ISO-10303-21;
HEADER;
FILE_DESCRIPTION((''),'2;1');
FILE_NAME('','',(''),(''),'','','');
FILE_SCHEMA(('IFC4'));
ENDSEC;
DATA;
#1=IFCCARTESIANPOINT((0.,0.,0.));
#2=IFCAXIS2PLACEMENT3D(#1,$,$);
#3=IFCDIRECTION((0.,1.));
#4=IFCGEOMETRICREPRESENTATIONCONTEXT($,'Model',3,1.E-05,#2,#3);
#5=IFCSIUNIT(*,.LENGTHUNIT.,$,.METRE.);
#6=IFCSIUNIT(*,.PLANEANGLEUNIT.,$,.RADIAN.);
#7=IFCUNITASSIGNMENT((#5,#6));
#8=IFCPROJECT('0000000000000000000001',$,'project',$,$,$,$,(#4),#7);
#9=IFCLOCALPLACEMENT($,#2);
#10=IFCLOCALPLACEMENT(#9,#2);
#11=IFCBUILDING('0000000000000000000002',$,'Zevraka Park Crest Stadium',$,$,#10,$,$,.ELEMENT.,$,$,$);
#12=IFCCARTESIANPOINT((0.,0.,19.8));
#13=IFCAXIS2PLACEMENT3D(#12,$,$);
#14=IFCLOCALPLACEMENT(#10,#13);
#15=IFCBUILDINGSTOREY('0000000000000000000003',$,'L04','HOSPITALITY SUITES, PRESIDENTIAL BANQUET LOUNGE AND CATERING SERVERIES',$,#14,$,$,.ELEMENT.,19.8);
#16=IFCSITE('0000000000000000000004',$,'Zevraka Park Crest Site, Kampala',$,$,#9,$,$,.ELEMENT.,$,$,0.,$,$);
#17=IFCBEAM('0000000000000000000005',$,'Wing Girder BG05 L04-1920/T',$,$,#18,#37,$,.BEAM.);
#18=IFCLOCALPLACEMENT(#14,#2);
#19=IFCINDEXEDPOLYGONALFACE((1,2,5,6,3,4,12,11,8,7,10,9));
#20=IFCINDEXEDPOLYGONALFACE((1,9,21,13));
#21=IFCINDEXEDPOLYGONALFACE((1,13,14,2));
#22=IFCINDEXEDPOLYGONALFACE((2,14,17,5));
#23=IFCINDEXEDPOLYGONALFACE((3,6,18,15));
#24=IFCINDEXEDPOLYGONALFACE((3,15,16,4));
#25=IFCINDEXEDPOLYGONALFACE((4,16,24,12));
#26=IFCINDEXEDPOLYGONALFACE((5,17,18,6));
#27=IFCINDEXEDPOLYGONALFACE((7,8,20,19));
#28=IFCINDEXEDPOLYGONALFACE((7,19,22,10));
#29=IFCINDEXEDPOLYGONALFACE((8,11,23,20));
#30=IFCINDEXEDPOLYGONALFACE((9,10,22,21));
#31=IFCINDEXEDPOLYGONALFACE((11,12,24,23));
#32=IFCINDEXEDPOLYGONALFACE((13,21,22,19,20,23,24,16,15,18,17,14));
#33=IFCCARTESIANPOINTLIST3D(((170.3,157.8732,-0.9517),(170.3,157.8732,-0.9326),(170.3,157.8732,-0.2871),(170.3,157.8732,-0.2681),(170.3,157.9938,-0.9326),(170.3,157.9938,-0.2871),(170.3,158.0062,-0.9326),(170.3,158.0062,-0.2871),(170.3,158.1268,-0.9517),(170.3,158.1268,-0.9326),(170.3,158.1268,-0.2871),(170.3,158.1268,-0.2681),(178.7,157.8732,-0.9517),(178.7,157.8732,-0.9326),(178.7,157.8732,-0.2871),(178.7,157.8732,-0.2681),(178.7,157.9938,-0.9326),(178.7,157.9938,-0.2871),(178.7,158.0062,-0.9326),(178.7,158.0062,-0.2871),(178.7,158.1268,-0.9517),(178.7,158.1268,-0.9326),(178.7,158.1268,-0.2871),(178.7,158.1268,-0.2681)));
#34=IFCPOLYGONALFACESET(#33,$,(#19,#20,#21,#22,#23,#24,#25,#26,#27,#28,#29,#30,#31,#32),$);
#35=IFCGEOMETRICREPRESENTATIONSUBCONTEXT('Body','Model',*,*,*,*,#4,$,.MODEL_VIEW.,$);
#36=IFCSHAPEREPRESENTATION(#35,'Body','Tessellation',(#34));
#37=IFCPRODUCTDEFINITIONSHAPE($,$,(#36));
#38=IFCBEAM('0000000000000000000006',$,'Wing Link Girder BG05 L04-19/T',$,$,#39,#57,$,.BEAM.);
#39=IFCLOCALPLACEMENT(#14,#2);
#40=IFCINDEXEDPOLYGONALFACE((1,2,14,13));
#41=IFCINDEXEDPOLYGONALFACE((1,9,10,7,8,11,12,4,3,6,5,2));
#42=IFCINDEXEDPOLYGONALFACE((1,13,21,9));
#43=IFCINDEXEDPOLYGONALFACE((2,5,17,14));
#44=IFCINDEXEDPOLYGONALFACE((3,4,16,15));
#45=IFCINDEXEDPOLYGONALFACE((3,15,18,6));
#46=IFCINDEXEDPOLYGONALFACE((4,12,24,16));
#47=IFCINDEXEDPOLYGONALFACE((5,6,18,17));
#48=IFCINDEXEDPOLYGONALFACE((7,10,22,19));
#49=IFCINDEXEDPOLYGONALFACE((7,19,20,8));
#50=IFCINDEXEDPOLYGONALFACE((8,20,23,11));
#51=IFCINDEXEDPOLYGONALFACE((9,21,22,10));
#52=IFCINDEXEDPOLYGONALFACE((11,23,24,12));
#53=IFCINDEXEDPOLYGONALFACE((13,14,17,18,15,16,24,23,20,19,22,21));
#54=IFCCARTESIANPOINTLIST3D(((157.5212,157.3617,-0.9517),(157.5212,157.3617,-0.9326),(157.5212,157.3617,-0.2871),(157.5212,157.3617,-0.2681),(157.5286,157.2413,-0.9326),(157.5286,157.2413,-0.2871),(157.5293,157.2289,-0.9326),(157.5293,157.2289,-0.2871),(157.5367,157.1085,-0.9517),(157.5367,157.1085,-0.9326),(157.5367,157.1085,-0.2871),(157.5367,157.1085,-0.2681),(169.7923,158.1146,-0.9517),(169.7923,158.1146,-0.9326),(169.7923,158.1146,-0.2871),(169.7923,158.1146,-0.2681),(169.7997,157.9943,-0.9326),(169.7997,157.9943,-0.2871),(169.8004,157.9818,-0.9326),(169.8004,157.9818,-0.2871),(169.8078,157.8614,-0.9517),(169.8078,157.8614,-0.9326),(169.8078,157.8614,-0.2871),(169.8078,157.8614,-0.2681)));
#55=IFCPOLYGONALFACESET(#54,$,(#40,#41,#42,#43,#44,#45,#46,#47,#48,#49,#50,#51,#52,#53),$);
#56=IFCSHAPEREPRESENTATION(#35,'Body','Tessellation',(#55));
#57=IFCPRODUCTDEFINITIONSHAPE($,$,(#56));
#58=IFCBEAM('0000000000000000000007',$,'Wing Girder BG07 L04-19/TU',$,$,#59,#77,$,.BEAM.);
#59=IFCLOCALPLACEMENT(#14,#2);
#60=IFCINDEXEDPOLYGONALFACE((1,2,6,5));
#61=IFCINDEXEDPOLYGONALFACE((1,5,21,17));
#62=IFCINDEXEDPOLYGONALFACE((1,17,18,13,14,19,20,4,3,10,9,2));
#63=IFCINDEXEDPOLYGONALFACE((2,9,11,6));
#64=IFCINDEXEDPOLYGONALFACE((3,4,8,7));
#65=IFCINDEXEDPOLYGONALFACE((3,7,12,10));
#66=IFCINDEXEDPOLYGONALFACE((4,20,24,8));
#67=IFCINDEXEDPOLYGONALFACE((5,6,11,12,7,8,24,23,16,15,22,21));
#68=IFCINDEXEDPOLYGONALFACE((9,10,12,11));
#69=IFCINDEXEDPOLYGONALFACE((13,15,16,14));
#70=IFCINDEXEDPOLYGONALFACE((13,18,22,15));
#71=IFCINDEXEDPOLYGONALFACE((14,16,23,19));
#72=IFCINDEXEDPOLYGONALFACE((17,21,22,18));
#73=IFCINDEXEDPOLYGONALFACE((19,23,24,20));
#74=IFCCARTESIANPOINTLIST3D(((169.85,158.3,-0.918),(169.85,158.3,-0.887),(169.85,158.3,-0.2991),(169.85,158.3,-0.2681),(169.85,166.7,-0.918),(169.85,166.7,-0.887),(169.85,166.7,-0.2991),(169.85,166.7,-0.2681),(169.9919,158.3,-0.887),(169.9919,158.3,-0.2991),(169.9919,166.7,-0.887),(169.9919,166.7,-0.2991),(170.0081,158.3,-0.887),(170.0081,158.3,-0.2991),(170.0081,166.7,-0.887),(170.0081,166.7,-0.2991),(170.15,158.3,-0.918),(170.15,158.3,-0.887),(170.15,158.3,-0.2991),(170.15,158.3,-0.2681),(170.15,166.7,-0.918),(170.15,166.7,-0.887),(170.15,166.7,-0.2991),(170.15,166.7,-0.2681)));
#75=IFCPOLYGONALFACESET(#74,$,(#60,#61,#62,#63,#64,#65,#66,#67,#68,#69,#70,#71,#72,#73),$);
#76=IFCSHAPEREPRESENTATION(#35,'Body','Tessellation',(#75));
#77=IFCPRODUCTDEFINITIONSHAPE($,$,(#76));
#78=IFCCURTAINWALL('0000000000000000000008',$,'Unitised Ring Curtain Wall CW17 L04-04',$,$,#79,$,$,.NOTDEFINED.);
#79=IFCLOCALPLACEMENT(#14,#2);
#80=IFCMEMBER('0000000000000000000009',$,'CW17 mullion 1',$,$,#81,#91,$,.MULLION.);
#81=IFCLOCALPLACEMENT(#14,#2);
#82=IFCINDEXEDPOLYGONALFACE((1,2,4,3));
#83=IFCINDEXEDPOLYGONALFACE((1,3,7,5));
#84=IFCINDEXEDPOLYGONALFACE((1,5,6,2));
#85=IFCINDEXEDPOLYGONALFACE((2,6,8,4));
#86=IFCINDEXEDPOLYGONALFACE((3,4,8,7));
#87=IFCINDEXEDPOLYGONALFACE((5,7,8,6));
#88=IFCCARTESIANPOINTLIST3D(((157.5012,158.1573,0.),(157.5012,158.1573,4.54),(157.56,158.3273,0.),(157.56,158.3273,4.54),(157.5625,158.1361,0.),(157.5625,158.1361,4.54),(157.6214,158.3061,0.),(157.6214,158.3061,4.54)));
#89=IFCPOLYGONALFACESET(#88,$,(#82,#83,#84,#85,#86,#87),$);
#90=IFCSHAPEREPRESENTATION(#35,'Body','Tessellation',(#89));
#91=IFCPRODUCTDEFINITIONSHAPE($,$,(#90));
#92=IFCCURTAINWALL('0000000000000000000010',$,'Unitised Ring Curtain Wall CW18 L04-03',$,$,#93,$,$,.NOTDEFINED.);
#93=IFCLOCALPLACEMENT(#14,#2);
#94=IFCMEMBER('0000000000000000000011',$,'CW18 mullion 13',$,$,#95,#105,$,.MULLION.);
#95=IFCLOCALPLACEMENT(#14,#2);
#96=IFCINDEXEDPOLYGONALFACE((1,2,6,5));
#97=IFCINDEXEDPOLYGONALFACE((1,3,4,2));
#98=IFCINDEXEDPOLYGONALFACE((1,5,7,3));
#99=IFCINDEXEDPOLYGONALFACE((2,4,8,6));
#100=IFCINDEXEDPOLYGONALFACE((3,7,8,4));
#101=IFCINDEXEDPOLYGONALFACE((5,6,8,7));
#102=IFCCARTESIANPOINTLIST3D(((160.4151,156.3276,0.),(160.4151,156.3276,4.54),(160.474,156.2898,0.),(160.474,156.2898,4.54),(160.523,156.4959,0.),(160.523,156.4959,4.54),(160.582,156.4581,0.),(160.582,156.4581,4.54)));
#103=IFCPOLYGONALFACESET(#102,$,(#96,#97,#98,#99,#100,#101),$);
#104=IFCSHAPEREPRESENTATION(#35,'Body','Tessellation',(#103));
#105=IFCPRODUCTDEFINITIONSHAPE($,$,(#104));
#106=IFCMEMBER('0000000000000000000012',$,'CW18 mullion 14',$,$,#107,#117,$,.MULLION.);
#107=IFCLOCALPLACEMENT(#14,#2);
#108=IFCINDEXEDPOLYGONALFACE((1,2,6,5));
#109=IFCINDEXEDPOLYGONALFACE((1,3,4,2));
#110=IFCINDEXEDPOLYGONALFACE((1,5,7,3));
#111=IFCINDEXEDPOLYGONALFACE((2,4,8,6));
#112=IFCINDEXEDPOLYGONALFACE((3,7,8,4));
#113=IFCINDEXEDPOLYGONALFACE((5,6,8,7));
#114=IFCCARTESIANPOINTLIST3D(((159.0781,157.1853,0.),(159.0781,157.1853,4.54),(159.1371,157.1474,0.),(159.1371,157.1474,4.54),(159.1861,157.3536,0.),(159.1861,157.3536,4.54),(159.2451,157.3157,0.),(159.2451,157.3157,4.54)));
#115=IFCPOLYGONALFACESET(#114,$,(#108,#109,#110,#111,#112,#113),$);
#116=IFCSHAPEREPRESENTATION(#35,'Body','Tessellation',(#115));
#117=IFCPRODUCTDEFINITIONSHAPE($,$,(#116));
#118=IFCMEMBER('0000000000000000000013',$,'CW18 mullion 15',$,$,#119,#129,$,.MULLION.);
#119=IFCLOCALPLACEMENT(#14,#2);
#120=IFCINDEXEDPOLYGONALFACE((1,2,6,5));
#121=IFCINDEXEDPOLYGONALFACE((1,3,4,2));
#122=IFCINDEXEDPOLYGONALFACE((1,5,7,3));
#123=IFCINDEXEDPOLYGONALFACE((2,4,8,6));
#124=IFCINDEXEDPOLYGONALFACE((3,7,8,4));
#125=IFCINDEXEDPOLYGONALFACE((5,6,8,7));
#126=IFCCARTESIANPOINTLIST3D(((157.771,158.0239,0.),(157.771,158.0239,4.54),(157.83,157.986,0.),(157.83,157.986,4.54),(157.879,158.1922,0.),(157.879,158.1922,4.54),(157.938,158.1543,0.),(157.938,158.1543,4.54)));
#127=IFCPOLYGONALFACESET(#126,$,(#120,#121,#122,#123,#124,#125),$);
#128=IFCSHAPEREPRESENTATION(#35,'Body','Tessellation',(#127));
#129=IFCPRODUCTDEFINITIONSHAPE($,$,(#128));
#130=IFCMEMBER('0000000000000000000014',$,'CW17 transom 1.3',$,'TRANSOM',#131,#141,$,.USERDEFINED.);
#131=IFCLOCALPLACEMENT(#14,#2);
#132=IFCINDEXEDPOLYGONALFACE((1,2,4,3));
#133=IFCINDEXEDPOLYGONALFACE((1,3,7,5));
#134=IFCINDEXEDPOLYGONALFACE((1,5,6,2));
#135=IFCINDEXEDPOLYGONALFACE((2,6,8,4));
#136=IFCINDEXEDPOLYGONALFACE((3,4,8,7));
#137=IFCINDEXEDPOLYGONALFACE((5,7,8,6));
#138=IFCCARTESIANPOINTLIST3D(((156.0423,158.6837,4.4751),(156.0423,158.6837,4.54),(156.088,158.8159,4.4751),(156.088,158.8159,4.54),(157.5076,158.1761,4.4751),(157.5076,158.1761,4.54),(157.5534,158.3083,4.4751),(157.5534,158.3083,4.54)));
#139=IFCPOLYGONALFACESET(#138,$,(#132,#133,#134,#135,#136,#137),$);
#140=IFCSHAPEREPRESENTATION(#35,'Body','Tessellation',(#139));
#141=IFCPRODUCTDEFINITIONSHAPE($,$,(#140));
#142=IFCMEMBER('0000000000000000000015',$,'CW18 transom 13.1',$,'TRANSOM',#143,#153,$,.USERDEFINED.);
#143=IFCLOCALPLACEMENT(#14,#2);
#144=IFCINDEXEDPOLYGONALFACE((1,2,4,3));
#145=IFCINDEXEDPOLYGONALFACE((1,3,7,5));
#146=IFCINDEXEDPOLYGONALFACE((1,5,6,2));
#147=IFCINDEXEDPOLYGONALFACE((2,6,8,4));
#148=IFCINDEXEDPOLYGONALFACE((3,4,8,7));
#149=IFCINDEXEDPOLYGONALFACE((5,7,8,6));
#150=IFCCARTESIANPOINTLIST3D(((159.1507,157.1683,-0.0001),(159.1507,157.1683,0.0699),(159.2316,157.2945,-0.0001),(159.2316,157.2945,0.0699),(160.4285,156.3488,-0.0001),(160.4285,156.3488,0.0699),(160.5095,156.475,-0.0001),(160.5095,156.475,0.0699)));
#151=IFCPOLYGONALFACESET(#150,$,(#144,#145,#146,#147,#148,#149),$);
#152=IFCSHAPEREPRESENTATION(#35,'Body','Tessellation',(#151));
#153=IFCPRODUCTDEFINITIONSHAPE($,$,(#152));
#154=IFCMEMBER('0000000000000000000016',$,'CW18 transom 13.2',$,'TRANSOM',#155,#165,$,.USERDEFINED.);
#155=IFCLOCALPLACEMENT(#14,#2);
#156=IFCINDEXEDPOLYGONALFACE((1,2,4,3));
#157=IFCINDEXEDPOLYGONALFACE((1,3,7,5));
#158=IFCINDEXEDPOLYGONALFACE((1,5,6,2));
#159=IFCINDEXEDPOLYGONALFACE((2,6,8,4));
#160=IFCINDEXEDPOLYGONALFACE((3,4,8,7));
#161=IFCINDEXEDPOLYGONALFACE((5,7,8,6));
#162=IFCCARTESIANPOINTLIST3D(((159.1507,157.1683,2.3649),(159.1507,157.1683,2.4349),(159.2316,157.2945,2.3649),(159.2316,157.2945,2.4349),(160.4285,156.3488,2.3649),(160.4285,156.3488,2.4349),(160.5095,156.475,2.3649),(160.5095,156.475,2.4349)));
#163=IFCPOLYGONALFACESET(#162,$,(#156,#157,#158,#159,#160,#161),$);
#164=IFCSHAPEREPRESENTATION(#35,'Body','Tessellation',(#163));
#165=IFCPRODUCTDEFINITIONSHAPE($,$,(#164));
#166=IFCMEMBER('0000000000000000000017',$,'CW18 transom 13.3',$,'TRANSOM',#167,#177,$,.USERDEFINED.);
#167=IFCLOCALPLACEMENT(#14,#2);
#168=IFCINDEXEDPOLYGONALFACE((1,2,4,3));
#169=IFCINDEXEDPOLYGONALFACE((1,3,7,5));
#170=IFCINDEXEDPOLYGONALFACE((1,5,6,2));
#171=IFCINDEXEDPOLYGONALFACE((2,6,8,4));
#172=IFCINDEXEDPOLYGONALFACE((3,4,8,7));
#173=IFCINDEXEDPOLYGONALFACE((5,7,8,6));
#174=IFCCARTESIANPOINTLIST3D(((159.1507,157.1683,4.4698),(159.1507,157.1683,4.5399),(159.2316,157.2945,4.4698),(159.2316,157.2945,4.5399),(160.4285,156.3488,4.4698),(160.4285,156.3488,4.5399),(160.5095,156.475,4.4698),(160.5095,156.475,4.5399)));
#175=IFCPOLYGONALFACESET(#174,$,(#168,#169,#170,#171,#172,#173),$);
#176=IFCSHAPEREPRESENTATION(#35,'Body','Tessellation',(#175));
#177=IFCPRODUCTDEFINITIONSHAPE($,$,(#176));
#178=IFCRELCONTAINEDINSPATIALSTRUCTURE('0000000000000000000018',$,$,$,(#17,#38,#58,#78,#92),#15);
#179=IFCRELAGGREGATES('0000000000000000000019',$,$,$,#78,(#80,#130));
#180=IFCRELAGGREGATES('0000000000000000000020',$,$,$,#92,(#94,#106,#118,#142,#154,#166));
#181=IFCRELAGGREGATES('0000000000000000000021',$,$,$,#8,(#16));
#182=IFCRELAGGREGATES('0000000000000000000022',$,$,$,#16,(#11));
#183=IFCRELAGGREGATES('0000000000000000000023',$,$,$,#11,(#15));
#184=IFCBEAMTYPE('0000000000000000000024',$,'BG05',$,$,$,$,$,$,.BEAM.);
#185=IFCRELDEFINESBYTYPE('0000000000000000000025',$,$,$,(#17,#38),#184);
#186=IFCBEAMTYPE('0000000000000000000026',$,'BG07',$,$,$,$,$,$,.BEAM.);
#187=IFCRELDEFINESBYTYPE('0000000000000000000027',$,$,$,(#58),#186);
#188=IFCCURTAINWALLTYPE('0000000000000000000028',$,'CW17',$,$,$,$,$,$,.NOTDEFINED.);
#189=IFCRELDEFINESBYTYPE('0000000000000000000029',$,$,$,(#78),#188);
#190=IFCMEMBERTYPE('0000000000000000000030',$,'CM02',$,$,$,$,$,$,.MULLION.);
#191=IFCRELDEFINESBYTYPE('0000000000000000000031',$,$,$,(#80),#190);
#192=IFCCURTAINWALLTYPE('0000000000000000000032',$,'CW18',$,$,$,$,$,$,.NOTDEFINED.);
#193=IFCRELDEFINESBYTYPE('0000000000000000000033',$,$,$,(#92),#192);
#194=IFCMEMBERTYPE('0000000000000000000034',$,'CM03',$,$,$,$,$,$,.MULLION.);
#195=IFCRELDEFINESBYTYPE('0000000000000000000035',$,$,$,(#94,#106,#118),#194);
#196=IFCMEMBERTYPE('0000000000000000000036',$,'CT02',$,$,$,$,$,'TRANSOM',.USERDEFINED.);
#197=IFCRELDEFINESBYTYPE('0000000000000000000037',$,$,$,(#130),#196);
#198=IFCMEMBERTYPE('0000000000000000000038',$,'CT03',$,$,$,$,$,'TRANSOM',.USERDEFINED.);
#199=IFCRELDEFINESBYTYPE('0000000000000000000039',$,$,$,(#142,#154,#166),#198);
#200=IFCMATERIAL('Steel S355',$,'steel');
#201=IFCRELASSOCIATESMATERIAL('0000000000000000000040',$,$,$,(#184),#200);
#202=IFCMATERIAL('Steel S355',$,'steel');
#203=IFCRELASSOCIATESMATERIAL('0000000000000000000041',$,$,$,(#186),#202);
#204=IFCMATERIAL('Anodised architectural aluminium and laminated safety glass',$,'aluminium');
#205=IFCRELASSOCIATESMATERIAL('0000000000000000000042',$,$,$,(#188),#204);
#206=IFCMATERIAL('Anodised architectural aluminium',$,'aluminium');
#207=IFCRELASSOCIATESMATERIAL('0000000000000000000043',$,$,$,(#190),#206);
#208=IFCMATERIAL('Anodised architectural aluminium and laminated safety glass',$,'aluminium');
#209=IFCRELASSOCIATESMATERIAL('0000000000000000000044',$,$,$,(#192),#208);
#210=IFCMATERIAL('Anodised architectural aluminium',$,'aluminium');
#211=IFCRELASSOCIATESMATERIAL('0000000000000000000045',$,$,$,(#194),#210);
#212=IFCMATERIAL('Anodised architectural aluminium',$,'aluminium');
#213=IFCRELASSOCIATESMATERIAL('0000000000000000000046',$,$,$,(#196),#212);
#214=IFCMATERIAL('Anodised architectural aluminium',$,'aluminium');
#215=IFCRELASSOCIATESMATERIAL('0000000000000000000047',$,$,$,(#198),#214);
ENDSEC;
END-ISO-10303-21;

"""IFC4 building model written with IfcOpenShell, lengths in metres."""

from ifc_helpers import new_model, si_unit, direction, frame, origin, origin_2d, place, context, subcontext, project, spatial, rectangle, i_section, extrude, material, material_profile, profile_set, type_object, element, aggregate, save


model = new_model("IFC4")

# Units and contexts
model_context = context("Model", 3, precision=1e-05, world=origin(), true_north=direction((0.0, 1.0)))
body_context = subcontext(model_context, "Body", "Model", "MODEL_VIEW")
ifc_project = project(units=[si_unit("LENGTHUNIT", "METRE"), si_unit("PLANEANGLEUNIT", "RADIAN")], contexts=[model_context])

# Site, building, storey
site_placement = place(None, origin())
site = spatial("IfcSite", under=ifc_project, at=site_placement, Name="Zevraka Park Crest Site, Kampala", CompositionType="ELEMENT", RefElevation=0.0)
building_placement = place(site_placement, origin())
building = spatial("IfcBuilding", under=site, at=building_placement, Name="Zevraka Park Crest Stadium", CompositionType="ELEMENT")
storey_placement = place(building_placement, frame((0.0, 0.0, 19.8)))
storey = spatial("IfcBuildingStorey", under=building, at=storey_placement, Name="L04", Description="HOSPITALITY SUITES, PRESIDENTIAL BANQUET LOUNGE AND CATERING SERVERIES", CompositionType="ELEMENT", Elevation=19.8)

# Beams
ifc_material_1 = material(Name="Steel S355", Category="steel")
ifc_material_profile_1 = material_profile(ifc_material_1, i_section(OverallWidth=0.2537, OverallDepth=0.6836, WebThickness=0.0125, FlangeThickness=0.019, at=origin_2d()), Name="UKB 686x254x140")
ifc_profile_set_1 = profile_set([ifc_material_profile_1], Name="Steel S355")
beam_type_1 = type_object("IfcBeamType", Name="BG05", PredefinedType="BEAM", material=ifc_profile_set_1)
beam_1_placement = place(storey_placement, frame((170.3, 158.0, -0.6099), z_axis=(1.0, 0.0, 0.0), x_axis=(0.0, 1.0, 0.0)))
element("IfcBeam", 1, at=beam_1_placement, inside=storey, type_object=beam_type_1, Name="Wing Girder BG05 L04-1920/T", PredefinedType="BEAM", context=body_context, shape_type="SweptSolid", body=[
    extrude(i_section(OverallWidth=0.2537, OverallDepth=0.6836, WebThickness=0.0125, FlangeThickness=0.019, at=origin_2d()), origin(), (0.0, 0.0, 1.0), 8.3999),
])
beam_2_placement = place(storey_placement, frame((169.8, 157.988, -0.6099), z_axis=(-0.998123, -0.061243, 0.0), x_axis=(0.061243, -0.998123, 0.0)))
element("IfcBeam", 2, at=beam_2_placement, inside=storey, type_object=beam_type_1, Name="Wing Link Girder BG05 L04-19/T", PredefinedType="BEAM", context=body_context, shape_type="SweptSolid", body=[
    extrude(i_section(OverallWidth=0.2537, OverallDepth=0.6836, WebThickness=0.0125, FlangeThickness=0.019, at=origin_2d()), origin(), (0.0, 0.0, 1.0), 12.2942),
])
ifc_material_2 = material(Name="Steel S355", Category="steel")
ifc_material_profile_2 = material_profile(ifc_material_2, i_section(OverallWidth=0.3, OverallDepth=0.6499, WebThickness=0.0161, FlangeThickness=0.031, at=origin_2d()), Name="HEB 650")
ifc_profile_set_2 = profile_set([ifc_material_profile_2], Name="Steel S355")
beam_type_2 = type_object("IfcBeamType", Name="BG07", PredefinedType="BEAM", material=ifc_profile_set_2)
beam_3_placement = place(storey_placement, frame((170.0, 158.3, -0.593), z_axis=(0.0, 1.0, 0.0), x_axis=(-1.0, 0.0, 0.0)))
element("IfcBeam", 3, at=beam_3_placement, inside=storey, type_object=beam_type_2, Name="Wing Girder BG07 L04-19/TU", PredefinedType="BEAM", context=body_context, shape_type="SweptSolid", body=[
    extrude(i_section(OverallWidth=0.3, OverallDepth=0.6499, WebThickness=0.0161, FlangeThickness=0.031, at=origin_2d()), origin(), (0.0, 0.0, 1.0), 8.3999),
])

# Curtain wall, member
ifc_material_3 = material(Name="Anodised architectural aluminium and laminated safety glass", Category="aluminium")
curtain_wall_type_1 = type_object("IfcCurtainWallType", Name="CW17", PredefinedType="NOTDEFINED", material=ifc_material_3)
curtain_wall_1_placement = place(storey_placement, origin())
curtain_wall_1 = element("IfcCurtainWall", 4, at=curtain_wall_1_placement, inside=storey, type_object=curtain_wall_type_1, Name="Unitised Ring Curtain Wall CW17 L04-04", PredefinedType="NOTDEFINED")
ifc_material_4 = material(Name="Anodised architectural aluminium", Category="aluminium")
ifc_material_profile_3 = material_profile(ifc_material_4, rectangle(XDim=0.1799, YDim=0.0649, at=origin_2d()), Name="ALU MULLION 180x65")
ifc_profile_set_3 = profile_set([ifc_material_profile_3], Name="Anodised architectural aluminium")
member_type_1 = type_object("IfcMemberType", Name="CM02", PredefinedType="MULLION", material=ifc_profile_set_3)
member_1_placement = place(storey_placement, frame((157.5613, 158.2317, 0.0), z_axis=(0.0, 0.0, 1.0), x_axis=(-0.327245, -0.94494, 0.0)))
member_1 = element("IfcMember", 5, at=member_1_placement, type_object=member_type_1, Name="CW17 mullion 1", PredefinedType="MULLION", context=body_context, shape_type="SweptSolid", body=[
    extrude(rectangle(XDim=0.1799, YDim=0.0649, at=origin_2d()), origin(), (0.0, 0.0, 1.0), 4.54),
])

# Curtain wall, members
ifc_material_5 = material(Name="Anodised architectural aluminium and laminated safety glass", Category="aluminium")
curtain_wall_type_2 = type_object("IfcCurtainWallType", Name="CW18", PredefinedType="NOTDEFINED", material=ifc_material_5)
curtain_wall_2_placement = place(storey_placement, origin())
curtain_wall_2 = element("IfcCurtainWall", 6, at=curtain_wall_2_placement, inside=storey, type_object=curtain_wall_type_2, Name="Unitised Ring Curtain Wall CW18 L04-03", PredefinedType="NOTDEFINED")
ifc_material_6 = material(Name="Anodised architectural aluminium", Category="aluminium")
ifc_material_profile_4 = material_profile(ifc_material_6, rectangle(XDim=0.2, YDim=0.0701, at=origin_2d()), Name="ALU MULLION 200x70")
ifc_profile_set_4 = profile_set([ifc_material_profile_4], Name="Anodised architectural aluminium")
member_type_2 = type_object("IfcMemberType", Name="CM03", PredefinedType="MULLION", material=ifc_profile_set_4)
member_2_placement = place(storey_placement, frame((160.4985, 156.3928, 0.0), z_axis=(0.0, 0.0, 1.0), x_axis=(-0.53998, -0.841678, 0.0)))
member_2 = element("IfcMember", 7, at=member_2_placement, type_object=member_type_2, Name="CW18 mullion 13", PredefinedType="MULLION", context=body_context, shape_type="SweptSolid", body=[
    extrude(rectangle(XDim=0.2, YDim=0.0701, at=origin_2d()), origin(), (0.0, 0.0, 1.0), 4.54),
])
member_3_placement = place(storey_placement, frame((159.1616, 157.2505, 0.0), z_axis=(0.0, 0.0, 1.0), x_axis=(-0.53998, -0.841678, 0.0)))
member_3 = element("IfcMember", 8, at=member_3_placement, type_object=member_type_2, Name="CW18 mullion 14", PredefinedType="MULLION", context=body_context, shape_type="SweptSolid", body=[
    extrude(rectangle(XDim=0.2, YDim=0.0701, at=origin_2d()), origin(), (0.0, 0.0, 1.0), 4.54),
])
member_4_placement = place(storey_placement, frame((157.8545, 158.0891, 0.0), z_axis=(0.0, 0.0, 1.0), x_axis=(-0.53998, -0.841678, 0.0)))
member_4 = element("IfcMember", 9, at=member_4_placement, type_object=member_type_2, Name="CW18 mullion 15", PredefinedType="MULLION", context=body_context, shape_type="SweptSolid", body=[
    extrude(rectangle(XDim=0.2, YDim=0.0701, at=origin_2d()), origin(), (0.0, 0.0, 1.0), 4.54),
])

# Members
ifc_material_7 = material(Name="Anodised architectural aluminium", Category="aluminium")
ifc_material_profile_5 = material_profile(ifc_material_7, rectangle(XDim=0.1399, YDim=0.0649, at=origin_2d()), Name="ALU TRANSOM 140x65")
ifc_profile_set_5 = profile_set([ifc_material_profile_5], Name="Anodised architectural aluminium")
member_type_3 = type_object("IfcMemberType", Name="CT02", ElementType="TRANSOM", PredefinedType="USERDEFINED", material=ifc_profile_set_5)
member_5_placement = place(storey_placement, frame((157.5305, 158.2422, 4.5076), z_axis=(-0.944919, 0.327305, 0.0), x_axis=(-0.327305, -0.944919, 0.0)))
member_5 = element("IfcMember", 10, at=member_5_placement, type_object=member_type_3, Name="CW17 transom 1.3", ObjectType="TRANSOM", PredefinedType="USERDEFINED", context=body_context, shape_type="SweptSolid", body=[
    extrude(rectangle(XDim=0.1399, YDim=0.0649, at=origin_2d()), origin(), (0.0, 0.0, 1.0), 1.5508),
])
aggregate(curtain_wall_1, [member_1, member_5])
ifc_material_8 = material(Name="Anodised architectural aluminium", Category="aluminium")
ifc_material_profile_6 = material_profile(ifc_material_8, rectangle(XDim=0.1499, YDim=0.0701, at=origin_2d()), Name="ALU TRANSOM 150x70")
ifc_profile_set_6 = profile_set([ifc_material_profile_6], Name="Anodised architectural aluminium")
member_type_4 = type_object("IfcMemberType", Name="CT03", ElementType="TRANSOM", PredefinedType="USERDEFINED", material=ifc_profile_set_6)
member_6_placement = place(storey_placement, frame((160.469, 156.4119, 0.0349), z_axis=(-0.841742, 0.539879, 0.0), x_axis=(-0.539879, -0.841742, 0.0)))
member_6 = element("IfcMember", 11, at=member_6_placement, type_object=member_type_4, Name="CW18 transom 13.1", ObjectType="TRANSOM", PredefinedType="USERDEFINED", context=body_context, shape_type="SweptSolid", body=[
    extrude(rectangle(XDim=0.1499, YDim=0.0701, at=origin_2d()), origin(), (0.0, 0.0, 1.0), 1.5181),
])
member_7_placement = place(storey_placement, frame((160.469, 156.4119, 2.3999), z_axis=(-0.841742, 0.539879, 0.0), x_axis=(-0.539879, -0.841742, 0.0)))
member_7 = element("IfcMember", 12, at=member_7_placement, type_object=member_type_4, Name="CW18 transom 13.2", ObjectType="TRANSOM", PredefinedType="USERDEFINED", context=body_context, shape_type="SweptSolid", body=[
    extrude(rectangle(XDim=0.1499, YDim=0.0701, at=origin_2d()), origin(), (0.0, 0.0, 1.0), 1.5181),
])
member_8_placement = place(storey_placement, frame((160.469, 156.4119, 4.5049), z_axis=(-0.841742, 0.539879, 0.0), x_axis=(-0.539879, -0.841742, 0.0)))
member_8 = element("IfcMember", 13, at=member_8_placement, type_object=member_type_4, Name="CW18 transom 13.3", ObjectType="TRANSOM", PredefinedType="USERDEFINED", context=body_context, shape_type="SweptSolid", body=[
    extrude(rectangle(XDim=0.1499, YDim=0.0701, at=origin_2d()), origin(), (0.0, 0.0, 1.0), 1.5181),
])

aggregate(curtain_wall_2, [member_2, member_3, member_4, member_6, member_7, member_8])

save(model, "model.ifc")
